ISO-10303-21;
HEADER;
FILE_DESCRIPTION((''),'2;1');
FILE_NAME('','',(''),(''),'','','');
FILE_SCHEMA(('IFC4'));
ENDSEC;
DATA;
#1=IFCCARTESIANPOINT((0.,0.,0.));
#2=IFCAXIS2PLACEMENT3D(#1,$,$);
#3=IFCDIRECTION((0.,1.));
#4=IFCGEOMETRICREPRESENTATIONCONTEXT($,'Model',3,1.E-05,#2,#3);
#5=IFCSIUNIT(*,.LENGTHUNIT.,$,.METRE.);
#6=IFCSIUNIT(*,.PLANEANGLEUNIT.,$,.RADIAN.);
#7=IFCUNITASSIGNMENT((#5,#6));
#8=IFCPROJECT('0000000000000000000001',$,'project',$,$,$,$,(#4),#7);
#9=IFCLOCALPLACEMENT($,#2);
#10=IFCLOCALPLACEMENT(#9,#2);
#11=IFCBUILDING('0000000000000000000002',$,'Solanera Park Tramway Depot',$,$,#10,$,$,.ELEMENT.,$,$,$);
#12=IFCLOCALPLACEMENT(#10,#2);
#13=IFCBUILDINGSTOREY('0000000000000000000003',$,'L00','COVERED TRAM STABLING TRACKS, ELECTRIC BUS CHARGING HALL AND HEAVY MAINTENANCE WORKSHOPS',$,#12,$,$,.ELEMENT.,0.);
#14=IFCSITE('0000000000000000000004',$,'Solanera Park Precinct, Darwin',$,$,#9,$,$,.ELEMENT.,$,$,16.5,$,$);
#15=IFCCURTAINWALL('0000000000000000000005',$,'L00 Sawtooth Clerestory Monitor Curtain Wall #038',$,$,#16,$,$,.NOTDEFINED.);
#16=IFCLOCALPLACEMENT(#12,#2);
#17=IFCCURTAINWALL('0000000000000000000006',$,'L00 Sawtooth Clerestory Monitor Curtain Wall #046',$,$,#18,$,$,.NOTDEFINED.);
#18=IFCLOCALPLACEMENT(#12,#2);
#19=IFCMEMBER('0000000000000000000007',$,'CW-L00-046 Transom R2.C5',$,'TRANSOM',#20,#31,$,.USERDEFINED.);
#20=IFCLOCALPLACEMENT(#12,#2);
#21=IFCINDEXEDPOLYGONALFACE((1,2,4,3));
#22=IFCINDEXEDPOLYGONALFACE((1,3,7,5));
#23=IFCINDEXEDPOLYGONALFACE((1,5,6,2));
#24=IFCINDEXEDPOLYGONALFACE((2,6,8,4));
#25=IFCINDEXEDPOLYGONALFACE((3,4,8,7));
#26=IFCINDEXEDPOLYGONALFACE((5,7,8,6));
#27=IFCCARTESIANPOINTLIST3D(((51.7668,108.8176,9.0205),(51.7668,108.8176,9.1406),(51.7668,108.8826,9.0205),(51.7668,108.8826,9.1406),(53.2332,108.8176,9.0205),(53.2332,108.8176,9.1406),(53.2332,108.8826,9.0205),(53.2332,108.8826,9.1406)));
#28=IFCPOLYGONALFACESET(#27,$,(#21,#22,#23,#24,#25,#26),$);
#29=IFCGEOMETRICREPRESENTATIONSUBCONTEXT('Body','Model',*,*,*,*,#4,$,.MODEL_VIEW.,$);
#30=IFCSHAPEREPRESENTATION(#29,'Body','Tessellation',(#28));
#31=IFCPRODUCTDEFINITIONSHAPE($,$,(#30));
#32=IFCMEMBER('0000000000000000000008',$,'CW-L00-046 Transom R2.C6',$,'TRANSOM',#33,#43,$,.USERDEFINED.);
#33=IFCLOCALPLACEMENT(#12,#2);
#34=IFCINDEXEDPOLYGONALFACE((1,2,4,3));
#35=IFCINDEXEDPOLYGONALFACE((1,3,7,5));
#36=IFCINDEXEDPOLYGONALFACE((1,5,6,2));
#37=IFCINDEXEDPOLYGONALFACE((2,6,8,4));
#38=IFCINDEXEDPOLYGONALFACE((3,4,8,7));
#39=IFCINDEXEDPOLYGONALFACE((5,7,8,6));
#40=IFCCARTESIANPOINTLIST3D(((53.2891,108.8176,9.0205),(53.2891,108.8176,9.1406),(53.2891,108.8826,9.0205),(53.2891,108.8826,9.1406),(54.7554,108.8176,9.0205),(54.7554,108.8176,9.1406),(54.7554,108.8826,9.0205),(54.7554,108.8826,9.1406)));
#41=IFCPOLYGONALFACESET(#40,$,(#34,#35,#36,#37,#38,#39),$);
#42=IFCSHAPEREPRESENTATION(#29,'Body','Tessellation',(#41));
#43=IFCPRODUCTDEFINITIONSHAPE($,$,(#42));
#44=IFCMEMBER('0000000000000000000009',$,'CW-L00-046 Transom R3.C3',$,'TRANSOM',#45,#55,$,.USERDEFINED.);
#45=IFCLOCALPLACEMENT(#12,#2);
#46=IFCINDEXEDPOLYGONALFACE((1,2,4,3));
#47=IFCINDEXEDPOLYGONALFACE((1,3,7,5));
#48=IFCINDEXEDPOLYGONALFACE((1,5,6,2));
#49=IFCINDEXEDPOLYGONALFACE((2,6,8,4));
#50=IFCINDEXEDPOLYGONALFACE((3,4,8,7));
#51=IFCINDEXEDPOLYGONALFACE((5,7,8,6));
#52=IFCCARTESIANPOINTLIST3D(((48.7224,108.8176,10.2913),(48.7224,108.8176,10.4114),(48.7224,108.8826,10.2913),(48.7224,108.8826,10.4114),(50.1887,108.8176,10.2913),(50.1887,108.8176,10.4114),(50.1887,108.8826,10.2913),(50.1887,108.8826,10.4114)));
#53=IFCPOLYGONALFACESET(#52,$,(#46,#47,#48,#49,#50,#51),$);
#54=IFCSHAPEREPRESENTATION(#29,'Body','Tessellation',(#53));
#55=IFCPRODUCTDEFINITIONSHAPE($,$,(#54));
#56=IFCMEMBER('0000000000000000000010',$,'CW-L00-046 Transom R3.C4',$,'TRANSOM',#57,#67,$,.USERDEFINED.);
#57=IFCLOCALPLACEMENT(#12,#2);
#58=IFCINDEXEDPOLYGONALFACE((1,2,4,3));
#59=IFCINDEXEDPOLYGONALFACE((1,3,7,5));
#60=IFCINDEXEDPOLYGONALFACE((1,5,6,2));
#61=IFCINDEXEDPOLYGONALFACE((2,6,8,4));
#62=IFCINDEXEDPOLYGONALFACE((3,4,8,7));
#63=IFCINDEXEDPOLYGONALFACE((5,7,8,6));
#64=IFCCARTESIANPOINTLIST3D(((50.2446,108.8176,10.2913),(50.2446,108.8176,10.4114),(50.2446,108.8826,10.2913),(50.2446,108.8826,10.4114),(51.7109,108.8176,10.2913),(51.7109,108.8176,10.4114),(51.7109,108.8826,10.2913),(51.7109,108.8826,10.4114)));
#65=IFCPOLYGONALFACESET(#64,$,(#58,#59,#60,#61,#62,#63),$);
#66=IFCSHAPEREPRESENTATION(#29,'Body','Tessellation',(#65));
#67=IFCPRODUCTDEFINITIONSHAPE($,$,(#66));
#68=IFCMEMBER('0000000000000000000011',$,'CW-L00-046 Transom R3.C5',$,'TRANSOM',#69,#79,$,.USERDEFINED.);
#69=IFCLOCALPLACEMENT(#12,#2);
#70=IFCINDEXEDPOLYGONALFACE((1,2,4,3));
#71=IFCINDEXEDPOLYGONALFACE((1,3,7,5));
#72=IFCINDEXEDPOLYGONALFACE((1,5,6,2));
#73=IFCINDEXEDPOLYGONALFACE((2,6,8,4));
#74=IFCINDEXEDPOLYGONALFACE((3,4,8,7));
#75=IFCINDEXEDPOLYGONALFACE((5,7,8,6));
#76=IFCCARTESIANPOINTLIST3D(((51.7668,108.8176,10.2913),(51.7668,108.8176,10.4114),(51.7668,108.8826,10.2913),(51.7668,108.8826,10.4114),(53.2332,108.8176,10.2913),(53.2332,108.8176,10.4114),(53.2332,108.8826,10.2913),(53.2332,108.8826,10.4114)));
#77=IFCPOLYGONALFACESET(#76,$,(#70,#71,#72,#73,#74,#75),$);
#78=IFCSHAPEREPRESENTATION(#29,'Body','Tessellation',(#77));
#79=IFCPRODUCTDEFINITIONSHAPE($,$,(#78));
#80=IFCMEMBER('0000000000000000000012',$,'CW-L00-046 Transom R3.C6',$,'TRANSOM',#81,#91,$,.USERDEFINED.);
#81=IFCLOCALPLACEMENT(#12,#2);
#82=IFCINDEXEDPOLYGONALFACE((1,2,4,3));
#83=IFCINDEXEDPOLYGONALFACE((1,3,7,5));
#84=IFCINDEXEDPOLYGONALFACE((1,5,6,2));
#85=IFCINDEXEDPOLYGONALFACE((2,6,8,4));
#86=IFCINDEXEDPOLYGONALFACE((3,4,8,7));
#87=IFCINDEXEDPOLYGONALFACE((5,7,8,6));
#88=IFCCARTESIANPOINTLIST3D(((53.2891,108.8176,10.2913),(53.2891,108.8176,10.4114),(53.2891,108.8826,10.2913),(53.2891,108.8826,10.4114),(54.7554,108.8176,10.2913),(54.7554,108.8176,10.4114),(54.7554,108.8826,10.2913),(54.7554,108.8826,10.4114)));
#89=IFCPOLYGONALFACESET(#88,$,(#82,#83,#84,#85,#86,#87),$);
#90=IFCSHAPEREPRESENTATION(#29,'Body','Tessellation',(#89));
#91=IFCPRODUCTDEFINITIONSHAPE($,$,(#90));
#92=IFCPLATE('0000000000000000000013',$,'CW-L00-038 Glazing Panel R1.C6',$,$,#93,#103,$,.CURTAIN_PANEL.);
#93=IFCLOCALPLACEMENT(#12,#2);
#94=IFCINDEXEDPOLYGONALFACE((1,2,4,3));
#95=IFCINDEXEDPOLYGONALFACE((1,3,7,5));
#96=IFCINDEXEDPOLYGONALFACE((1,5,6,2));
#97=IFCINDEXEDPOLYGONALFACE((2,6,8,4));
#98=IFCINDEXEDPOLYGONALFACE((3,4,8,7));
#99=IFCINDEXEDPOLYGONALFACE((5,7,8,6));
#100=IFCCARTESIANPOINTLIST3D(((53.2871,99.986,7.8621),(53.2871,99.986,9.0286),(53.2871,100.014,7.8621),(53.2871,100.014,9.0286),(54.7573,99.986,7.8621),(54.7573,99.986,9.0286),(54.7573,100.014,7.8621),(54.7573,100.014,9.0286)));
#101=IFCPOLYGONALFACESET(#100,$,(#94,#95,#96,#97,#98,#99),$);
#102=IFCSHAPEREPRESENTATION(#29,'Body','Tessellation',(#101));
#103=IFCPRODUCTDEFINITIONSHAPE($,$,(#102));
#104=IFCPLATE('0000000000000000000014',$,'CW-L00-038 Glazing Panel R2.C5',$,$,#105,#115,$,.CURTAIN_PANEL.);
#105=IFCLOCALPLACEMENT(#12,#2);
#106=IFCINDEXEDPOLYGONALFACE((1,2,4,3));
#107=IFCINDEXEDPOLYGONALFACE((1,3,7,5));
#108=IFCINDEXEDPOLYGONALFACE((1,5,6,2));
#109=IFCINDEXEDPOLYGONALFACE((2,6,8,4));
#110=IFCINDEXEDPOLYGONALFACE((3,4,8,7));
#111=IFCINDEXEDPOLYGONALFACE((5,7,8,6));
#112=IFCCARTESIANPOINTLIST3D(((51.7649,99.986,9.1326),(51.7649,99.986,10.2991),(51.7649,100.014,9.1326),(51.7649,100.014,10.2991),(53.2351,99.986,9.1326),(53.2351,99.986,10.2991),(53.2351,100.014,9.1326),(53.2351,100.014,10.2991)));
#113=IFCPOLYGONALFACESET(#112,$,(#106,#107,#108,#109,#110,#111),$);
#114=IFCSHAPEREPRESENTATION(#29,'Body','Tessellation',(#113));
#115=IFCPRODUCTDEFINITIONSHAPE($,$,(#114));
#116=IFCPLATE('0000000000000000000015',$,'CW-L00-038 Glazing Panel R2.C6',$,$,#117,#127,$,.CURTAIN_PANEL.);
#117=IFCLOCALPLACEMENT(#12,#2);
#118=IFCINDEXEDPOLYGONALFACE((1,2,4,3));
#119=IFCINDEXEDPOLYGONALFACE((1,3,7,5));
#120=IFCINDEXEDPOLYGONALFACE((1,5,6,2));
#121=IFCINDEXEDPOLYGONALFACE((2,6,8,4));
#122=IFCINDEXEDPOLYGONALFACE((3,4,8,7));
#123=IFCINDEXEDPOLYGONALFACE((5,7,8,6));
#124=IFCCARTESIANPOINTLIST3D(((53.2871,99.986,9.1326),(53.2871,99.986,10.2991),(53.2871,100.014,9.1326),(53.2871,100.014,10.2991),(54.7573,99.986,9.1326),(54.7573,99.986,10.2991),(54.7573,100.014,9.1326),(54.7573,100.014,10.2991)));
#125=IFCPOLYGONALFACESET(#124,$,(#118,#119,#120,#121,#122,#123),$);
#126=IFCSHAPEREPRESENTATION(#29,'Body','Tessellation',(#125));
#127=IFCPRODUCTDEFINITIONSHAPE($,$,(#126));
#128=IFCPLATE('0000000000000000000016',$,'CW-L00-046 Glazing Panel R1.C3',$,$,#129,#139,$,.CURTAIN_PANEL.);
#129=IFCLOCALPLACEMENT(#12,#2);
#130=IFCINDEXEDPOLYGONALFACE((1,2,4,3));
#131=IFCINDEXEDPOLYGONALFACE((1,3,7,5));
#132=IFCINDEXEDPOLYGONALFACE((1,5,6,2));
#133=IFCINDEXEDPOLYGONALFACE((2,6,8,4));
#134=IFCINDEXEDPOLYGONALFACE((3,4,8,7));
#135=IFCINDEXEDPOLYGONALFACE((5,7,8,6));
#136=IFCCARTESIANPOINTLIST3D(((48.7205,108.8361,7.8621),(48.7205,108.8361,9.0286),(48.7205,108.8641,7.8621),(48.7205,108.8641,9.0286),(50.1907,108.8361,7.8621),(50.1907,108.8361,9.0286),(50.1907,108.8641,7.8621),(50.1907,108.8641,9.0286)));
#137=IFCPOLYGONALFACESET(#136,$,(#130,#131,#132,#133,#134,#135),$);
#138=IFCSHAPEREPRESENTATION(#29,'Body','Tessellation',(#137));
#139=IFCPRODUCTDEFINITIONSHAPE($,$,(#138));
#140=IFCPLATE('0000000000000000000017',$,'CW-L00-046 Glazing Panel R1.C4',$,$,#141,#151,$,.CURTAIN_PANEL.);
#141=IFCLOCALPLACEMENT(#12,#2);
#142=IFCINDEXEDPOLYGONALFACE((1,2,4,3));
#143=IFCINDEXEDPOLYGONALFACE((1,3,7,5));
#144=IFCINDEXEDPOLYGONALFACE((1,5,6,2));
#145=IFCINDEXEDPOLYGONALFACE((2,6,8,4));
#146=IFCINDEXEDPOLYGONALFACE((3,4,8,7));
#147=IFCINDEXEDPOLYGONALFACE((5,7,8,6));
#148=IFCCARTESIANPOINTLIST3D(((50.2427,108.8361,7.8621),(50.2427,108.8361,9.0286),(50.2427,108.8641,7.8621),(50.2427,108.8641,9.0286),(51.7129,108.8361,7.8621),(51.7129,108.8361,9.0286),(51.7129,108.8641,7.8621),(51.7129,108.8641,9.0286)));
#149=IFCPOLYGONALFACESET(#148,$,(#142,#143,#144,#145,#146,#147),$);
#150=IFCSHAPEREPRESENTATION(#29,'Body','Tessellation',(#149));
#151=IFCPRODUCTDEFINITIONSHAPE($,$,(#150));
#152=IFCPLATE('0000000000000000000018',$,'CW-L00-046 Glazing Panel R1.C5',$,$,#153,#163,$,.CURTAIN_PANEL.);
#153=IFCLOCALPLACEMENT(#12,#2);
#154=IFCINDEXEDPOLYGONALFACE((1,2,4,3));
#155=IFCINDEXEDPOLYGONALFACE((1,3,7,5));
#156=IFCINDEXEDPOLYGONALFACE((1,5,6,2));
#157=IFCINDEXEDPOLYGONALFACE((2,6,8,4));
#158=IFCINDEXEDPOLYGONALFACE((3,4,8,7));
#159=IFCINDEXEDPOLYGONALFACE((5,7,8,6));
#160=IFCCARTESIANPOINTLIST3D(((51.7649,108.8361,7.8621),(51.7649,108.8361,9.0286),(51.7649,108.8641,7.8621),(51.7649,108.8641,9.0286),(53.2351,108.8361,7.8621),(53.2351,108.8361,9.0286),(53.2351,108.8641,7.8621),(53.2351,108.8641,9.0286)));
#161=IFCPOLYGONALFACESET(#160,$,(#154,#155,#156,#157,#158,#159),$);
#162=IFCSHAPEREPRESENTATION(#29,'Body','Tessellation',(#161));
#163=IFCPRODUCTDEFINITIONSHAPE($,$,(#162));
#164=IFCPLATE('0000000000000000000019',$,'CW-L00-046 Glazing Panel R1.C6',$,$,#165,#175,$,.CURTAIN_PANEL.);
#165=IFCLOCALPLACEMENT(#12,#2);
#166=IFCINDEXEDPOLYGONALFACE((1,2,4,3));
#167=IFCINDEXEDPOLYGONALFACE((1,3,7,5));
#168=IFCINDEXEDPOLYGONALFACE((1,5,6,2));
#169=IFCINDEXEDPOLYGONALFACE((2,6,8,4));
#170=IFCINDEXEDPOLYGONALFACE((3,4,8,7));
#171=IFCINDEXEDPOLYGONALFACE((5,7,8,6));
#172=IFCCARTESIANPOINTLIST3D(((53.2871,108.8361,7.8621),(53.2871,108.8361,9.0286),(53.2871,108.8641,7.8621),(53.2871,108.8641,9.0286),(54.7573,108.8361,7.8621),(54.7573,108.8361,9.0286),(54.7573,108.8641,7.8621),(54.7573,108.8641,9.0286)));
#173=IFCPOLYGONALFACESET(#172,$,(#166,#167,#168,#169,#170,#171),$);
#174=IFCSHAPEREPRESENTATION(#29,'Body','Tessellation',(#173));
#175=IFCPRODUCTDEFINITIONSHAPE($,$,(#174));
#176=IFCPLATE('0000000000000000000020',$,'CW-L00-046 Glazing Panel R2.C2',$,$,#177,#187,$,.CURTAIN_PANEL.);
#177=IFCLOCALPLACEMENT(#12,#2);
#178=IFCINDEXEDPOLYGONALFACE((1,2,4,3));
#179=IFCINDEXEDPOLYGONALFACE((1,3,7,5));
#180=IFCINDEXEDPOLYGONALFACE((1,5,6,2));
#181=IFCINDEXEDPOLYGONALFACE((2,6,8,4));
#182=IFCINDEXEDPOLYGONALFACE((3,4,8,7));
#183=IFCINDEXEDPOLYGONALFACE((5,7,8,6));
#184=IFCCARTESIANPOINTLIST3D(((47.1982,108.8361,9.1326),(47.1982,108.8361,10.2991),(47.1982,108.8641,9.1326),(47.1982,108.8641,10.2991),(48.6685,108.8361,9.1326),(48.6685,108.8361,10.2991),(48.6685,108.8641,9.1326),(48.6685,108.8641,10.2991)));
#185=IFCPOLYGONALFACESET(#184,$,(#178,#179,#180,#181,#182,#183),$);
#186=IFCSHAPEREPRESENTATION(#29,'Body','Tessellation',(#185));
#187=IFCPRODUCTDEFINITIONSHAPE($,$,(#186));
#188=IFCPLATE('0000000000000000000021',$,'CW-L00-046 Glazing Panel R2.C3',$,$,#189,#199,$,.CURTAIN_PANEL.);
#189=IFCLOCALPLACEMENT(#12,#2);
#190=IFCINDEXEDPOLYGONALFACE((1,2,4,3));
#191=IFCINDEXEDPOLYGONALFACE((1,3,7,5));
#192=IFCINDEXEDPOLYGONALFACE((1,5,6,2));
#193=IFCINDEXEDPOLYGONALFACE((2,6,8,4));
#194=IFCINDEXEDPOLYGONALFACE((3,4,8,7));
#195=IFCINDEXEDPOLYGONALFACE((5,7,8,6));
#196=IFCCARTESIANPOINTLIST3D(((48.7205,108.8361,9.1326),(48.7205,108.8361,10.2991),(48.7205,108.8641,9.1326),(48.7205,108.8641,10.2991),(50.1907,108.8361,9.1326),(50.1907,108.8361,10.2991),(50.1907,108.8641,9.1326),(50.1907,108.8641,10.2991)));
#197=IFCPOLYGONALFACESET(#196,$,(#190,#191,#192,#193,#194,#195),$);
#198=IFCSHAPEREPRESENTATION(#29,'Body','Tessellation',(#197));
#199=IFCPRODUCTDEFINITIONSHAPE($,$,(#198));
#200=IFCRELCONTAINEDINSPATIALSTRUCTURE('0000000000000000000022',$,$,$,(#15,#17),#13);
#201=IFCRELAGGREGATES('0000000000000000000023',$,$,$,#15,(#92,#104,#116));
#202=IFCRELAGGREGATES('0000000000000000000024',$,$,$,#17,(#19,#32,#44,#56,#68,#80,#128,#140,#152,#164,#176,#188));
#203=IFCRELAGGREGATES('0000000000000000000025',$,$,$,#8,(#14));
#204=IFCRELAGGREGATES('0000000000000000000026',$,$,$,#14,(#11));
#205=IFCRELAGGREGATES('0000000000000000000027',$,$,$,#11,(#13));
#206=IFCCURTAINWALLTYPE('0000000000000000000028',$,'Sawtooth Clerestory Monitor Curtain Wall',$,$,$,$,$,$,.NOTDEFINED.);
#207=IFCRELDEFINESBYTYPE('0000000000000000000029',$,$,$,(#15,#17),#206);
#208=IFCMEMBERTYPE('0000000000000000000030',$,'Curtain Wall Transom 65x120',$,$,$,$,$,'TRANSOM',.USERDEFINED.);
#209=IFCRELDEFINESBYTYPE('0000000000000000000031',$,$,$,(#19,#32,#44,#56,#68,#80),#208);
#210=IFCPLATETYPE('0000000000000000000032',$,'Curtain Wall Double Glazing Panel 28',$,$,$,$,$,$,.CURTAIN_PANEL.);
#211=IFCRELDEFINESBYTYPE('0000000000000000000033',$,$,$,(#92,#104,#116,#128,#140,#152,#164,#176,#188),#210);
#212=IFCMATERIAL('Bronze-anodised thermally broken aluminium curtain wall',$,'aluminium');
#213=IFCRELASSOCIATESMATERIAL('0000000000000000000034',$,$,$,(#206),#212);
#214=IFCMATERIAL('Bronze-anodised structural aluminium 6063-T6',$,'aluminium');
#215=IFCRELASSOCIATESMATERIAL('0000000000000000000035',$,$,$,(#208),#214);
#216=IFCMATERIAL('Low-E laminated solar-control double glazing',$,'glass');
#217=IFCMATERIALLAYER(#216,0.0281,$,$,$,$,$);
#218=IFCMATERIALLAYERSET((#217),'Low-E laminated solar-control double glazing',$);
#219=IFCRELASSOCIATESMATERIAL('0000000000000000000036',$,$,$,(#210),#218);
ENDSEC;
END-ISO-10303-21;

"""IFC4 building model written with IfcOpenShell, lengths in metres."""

from ifc_helpers import new_model, si_unit, direction, frame, origin, origin_2d, place, context, subcontext, project, spatial, rectangle, extrude, material, layer, layer_set, material_profile, profile_set, type_object, element, aggregate, save


model = new_model("IFC4")

# Units and contexts
model_context = context("Model", 3, precision=1e-05, world=origin(), true_north=direction((0.0, 1.0)))
body_context = subcontext(model_context, "Body", "Model", "MODEL_VIEW")
ifc_project = project(units=[si_unit("LENGTHUNIT", "METRE"), si_unit("PLANEANGLEUNIT", "RADIAN")], contexts=[model_context])

# Site, building, storey
site_placement = place(None, origin())
site = spatial("IfcSite", under=ifc_project, at=site_placement, Name="Solanera Park Precinct, Darwin", CompositionType="ELEMENT", RefElevation=16.5)
building_placement = place(site_placement, origin())
building = spatial("IfcBuilding", under=site, at=building_placement, Name="Solanera Park Tramway Depot", CompositionType="ELEMENT")
storey_placement = place(building_placement, origin())
storey = spatial("IfcBuildingStorey", under=building, at=storey_placement, Name="L00", Description="COVERED TRAM STABLING TRACKS, ELECTRIC BUS CHARGING HALL AND HEAVY MAINTENANCE WORKSHOPS", CompositionType="ELEMENT", Elevation=0.0)

# Curtain walls
ifc_material_1 = material(Name="Bronze-anodised thermally broken aluminium curtain wall", Category="aluminium")
curtain_wall_type = type_object("IfcCurtainWallType", Name="Sawtooth Clerestory Monitor Curtain Wall", PredefinedType="NOTDEFINED", material=ifc_material_1)
curtain_wall_1_placement = place(storey_placement, origin())
curtain_wall_1 = element("IfcCurtainWall", 1, at=curtain_wall_1_placement, inside=storey, type_object=curtain_wall_type, Name="L00 Sawtooth Clerestory Monitor Curtain Wall #038", PredefinedType="NOTDEFINED")
curtain_wall_2_placement = place(storey_placement, origin())
curtain_wall_2 = element("IfcCurtainWall", 2, at=curtain_wall_2_placement, inside=storey, type_object=curtain_wall_type, Name="L00 Sawtooth Clerestory Monitor Curtain Wall #046", PredefinedType="NOTDEFINED")

# Members
ifc_material_2 = material(Name="Bronze-anodised structural aluminium 6063-T6", Category="aluminium")
ifc_material_profile_1 = material_profile(ifc_material_2, rectangle(XDim=0.0649, YDim=0.1201, at=origin_2d()), Name="Curtain Wall Transom 65x120")
ifc_profile_set_1 = profile_set([ifc_material_profile_1], Name="Bronze-anodised structural aluminium 6063-T6")
member_type_1 = type_object("IfcMemberType", Name="Curtain Wall Transom 65x120", ElementType="TRANSOM", PredefinedType="USERDEFINED", material=ifc_profile_set_1)
member_1_placement = place(storey_placement, frame((51.7668, 108.8501, 9.0806), z_axis=(1.0, 0.0, 0.0), x_axis=(0.0, 1.0, 0.0)))
member_1 = element("IfcMember", 3, at=member_1_placement, type_object=member_type_1, Name="CW-L00-046 Transom R2.C5", ObjectType="TRANSOM", PredefinedType="USERDEFINED", context=body_context, shape_type="SweptSolid", body=[
    extrude(rectangle(XDim=0.0649, YDim=0.1201, at=origin_2d()), origin(), (0.0, 0.0, 1.0), 1.4663),
])
member_2_placement = place(storey_placement, frame((53.2891, 108.8501, 9.0806), z_axis=(1.0, 0.0, 0.0), x_axis=(0.0, 1.0, 0.0)))
member_2 = element("IfcMember", 4, at=member_2_placement, type_object=member_type_1, Name="CW-L00-046 Transom R2.C6", ObjectType="TRANSOM", PredefinedType="USERDEFINED", context=body_context, shape_type="SweptSolid", body=[
    extrude(rectangle(XDim=0.0649, YDim=0.1201, at=origin_2d()), origin(), (0.0, 0.0, 1.0), 1.4663),
])
member_3_placement = place(storey_placement, frame((48.7224, 108.8501, 10.3513), z_axis=(1.0, 0.0, 0.0), x_axis=(0.0, 1.0, 0.0)))
member_3 = element("IfcMember", 5, at=member_3_placement, type_object=member_type_1, Name="CW-L00-046 Transom R3.C3", ObjectType="TRANSOM", PredefinedType="USERDEFINED", context=body_context, shape_type="SweptSolid", body=[
    extrude(rectangle(XDim=0.0649, YDim=0.1201, at=origin_2d()), origin(), (0.0, 0.0, 1.0), 1.4663),
])
member_4_placement = place(storey_placement, frame((50.2446, 108.8501, 10.3513), z_axis=(1.0, 0.0, 0.0), x_axis=(0.0, 1.0, 0.0)))
member_4 = element("IfcMember", 6, at=member_4_placement, type_object=member_type_1, Name="CW-L00-046 Transom R3.C4", ObjectType="TRANSOM", PredefinedType="USERDEFINED", context=body_context, shape_type="SweptSolid", body=[
    extrude(rectangle(XDim=0.0649, YDim=0.1201, at=origin_2d()), origin(), (0.0, 0.0, 1.0), 1.4663),
])
member_5_placement = place(storey_placement, frame((51.7668, 108.8501, 10.3513), z_axis=(1.0, 0.0, 0.0), x_axis=(0.0, 1.0, 0.0)))
member_5 = element("IfcMember", 7, at=member_5_placement, type_object=member_type_1, Name="CW-L00-046 Transom R3.C5", ObjectType="TRANSOM", PredefinedType="USERDEFINED", context=body_context, shape_type="SweptSolid", body=[
    extrude(rectangle(XDim=0.0649, YDim=0.1201, at=origin_2d()), origin(), (0.0, 0.0, 1.0), 1.4663),
])
member_6_placement = place(storey_placement, frame((53.2891, 108.8501, 10.3513), z_axis=(1.0, 0.0, 0.0), x_axis=(0.0, 1.0, 0.0)))
member_6 = element("IfcMember", 8, at=member_6_placement, type_object=member_type_1, Name="CW-L00-046 Transom R3.C6", ObjectType="TRANSOM", PredefinedType="USERDEFINED", context=body_context, shape_type="SweptSolid", body=[
    extrude(rectangle(XDim=0.0649, YDim=0.1201, at=origin_2d()), origin(), (0.0, 0.0, 1.0), 1.4663),
])

# Plates
ifc_material_3 = material(Name="Low-E laminated solar-control double glazing", Category="glass")
ifc_layer = layer(ifc_material_3, 0.0281)
ifc_layer_set = layer_set([ifc_layer], Name="Low-E laminated solar-control double glazing")
plate_type = type_object("IfcPlateType", Name="Curtain Wall Double Glazing Panel 28", PredefinedType="CURTAIN_PANEL", material=ifc_layer_set)
plate_1_placement = place(storey_placement, frame((54.0222, 100.0, 7.8621), z_axis=(0.0, 0.0, 1.0), x_axis=(1.0, 0.0, 0.0)))
plate_1 = element("IfcPlate", 9, at=plate_1_placement, type_object=plate_type, Name="CW-L00-038 Glazing Panel R1.C6", PredefinedType="CURTAIN_PANEL", context=body_context, shape_type="SweptSolid", body=[
    extrude(rectangle(XDim=1.4702, YDim=0.0281, at=origin_2d()), origin(), (0.0, 0.0, 1.0), 1.1665),
])
plate_2_placement = place(storey_placement, frame((52.5, 100.0, 9.1326), z_axis=(0.0, 0.0, 1.0), x_axis=(1.0, 0.0, 0.0)))
plate_2 = element("IfcPlate", 10, at=plate_2_placement, type_object=plate_type, Name="CW-L00-038 Glazing Panel R2.C5", PredefinedType="CURTAIN_PANEL", context=body_context, shape_type="SweptSolid", body=[
    extrude(rectangle(XDim=1.4702, YDim=0.0281, at=origin_2d()), origin(), (0.0, 0.0, 1.0), 1.1665),
])
plate_3_placement = place(storey_placement, frame((54.0222, 100.0, 9.1326), z_axis=(0.0, 0.0, 1.0), x_axis=(1.0, 0.0, 0.0)))
plate_3 = element("IfcPlate", 11, at=plate_3_placement, type_object=plate_type, Name="CW-L00-038 Glazing Panel R2.C6", PredefinedType="CURTAIN_PANEL", context=body_context, shape_type="SweptSolid", body=[
    extrude(rectangle(XDim=1.4702, YDim=0.0281, at=origin_2d()), origin(), (0.0, 0.0, 1.0), 1.1665),
])
aggregate(curtain_wall_1, [plate_1, plate_2, plate_3])
plate_4_placement = place(storey_placement, frame((49.4556, 108.8501, 7.8621), z_axis=(0.0, 0.0, 1.0), x_axis=(1.0, 0.0, 0.0)))
plate_4 = element("IfcPlate", 12, at=plate_4_placement, type_object=plate_type, Name="CW-L00-046 Glazing Panel R1.C3", PredefinedType="CURTAIN_PANEL", context=body_context, shape_type="SweptSolid", body=[
    extrude(rectangle(XDim=1.4702, YDim=0.0281, at=origin_2d()), origin(), (0.0, 0.0, 1.0), 1.1665),
])
plate_5_placement = place(storey_placement, frame((50.9778, 108.8501, 7.8621), z_axis=(0.0, 0.0, 1.0), x_axis=(1.0, 0.0, 0.0)))
plate_5 = element("IfcPlate", 13, at=plate_5_placement, type_object=plate_type, Name="CW-L00-046 Glazing Panel R1.C4", PredefinedType="CURTAIN_PANEL", context=body_context, shape_type="SweptSolid", body=[
    extrude(rectangle(XDim=1.4702, YDim=0.0281, at=origin_2d()), origin(), (0.0, 0.0, 1.0), 1.1665),
])
plate_6_placement = place(storey_placement, frame((52.5, 108.8501, 7.8621), z_axis=(0.0, 0.0, 1.0), x_axis=(1.0, 0.0, 0.0)))
plate_6 = element("IfcPlate", 14, at=plate_6_placement, type_object=plate_type, Name="CW-L00-046 Glazing Panel R1.C5", PredefinedType="CURTAIN_PANEL", context=body_context, shape_type="SweptSolid", body=[
    extrude(rectangle(XDim=1.4702, YDim=0.0281, at=origin_2d()), origin(), (0.0, 0.0, 1.0), 1.1665),
])
plate_7_placement = place(storey_placement, frame((54.0222, 108.8501, 7.8621), z_axis=(0.0, 0.0, 1.0), x_axis=(1.0, 0.0, 0.0)))
plate_7 = element("IfcPlate", 15, at=plate_7_placement, type_object=plate_type, Name="CW-L00-046 Glazing Panel R1.C6", PredefinedType="CURTAIN_PANEL", context=body_context, shape_type="SweptSolid", body=[
    extrude(rectangle(XDim=1.4702, YDim=0.0281, at=origin_2d()), origin(), (0.0, 0.0, 1.0), 1.1665),
])
plate_8_placement = place(storey_placement, frame((47.9333, 108.8501, 9.1326), z_axis=(0.0, 0.0, 1.0), x_axis=(1.0, 0.0, 0.0)))
plate_8 = element("IfcPlate", 16, at=plate_8_placement, type_object=plate_type, Name="CW-L00-046 Glazing Panel R2.C2", PredefinedType="CURTAIN_PANEL", context=body_context, shape_type="SweptSolid", body=[
    extrude(rectangle(XDim=1.4702, YDim=0.0281, at=origin_2d()), origin(), (0.0, 0.0, 1.0), 1.1665),
])
plate_9_placement = place(storey_placement, frame((49.4556, 108.8501, 9.1326), z_axis=(0.0, 0.0, 1.0), x_axis=(1.0, 0.0, 0.0)))
plate_9 = element("IfcPlate", 17, at=plate_9_placement, type_object=plate_type, Name="CW-L00-046 Glazing Panel R2.C3", PredefinedType="CURTAIN_PANEL", context=body_context, shape_type="SweptSolid", body=[
    extrude(rectangle(XDim=1.4702, YDim=0.0281, at=origin_2d()), origin(), (0.0, 0.0, 1.0), 1.1665),
])
aggregate(curtain_wall_2, [member_1, member_2, member_3, member_4, member_5, member_6, plate_4, plate_5, plate_6, plate_7, plate_8, plate_9])

save(model, "model.ifc")
